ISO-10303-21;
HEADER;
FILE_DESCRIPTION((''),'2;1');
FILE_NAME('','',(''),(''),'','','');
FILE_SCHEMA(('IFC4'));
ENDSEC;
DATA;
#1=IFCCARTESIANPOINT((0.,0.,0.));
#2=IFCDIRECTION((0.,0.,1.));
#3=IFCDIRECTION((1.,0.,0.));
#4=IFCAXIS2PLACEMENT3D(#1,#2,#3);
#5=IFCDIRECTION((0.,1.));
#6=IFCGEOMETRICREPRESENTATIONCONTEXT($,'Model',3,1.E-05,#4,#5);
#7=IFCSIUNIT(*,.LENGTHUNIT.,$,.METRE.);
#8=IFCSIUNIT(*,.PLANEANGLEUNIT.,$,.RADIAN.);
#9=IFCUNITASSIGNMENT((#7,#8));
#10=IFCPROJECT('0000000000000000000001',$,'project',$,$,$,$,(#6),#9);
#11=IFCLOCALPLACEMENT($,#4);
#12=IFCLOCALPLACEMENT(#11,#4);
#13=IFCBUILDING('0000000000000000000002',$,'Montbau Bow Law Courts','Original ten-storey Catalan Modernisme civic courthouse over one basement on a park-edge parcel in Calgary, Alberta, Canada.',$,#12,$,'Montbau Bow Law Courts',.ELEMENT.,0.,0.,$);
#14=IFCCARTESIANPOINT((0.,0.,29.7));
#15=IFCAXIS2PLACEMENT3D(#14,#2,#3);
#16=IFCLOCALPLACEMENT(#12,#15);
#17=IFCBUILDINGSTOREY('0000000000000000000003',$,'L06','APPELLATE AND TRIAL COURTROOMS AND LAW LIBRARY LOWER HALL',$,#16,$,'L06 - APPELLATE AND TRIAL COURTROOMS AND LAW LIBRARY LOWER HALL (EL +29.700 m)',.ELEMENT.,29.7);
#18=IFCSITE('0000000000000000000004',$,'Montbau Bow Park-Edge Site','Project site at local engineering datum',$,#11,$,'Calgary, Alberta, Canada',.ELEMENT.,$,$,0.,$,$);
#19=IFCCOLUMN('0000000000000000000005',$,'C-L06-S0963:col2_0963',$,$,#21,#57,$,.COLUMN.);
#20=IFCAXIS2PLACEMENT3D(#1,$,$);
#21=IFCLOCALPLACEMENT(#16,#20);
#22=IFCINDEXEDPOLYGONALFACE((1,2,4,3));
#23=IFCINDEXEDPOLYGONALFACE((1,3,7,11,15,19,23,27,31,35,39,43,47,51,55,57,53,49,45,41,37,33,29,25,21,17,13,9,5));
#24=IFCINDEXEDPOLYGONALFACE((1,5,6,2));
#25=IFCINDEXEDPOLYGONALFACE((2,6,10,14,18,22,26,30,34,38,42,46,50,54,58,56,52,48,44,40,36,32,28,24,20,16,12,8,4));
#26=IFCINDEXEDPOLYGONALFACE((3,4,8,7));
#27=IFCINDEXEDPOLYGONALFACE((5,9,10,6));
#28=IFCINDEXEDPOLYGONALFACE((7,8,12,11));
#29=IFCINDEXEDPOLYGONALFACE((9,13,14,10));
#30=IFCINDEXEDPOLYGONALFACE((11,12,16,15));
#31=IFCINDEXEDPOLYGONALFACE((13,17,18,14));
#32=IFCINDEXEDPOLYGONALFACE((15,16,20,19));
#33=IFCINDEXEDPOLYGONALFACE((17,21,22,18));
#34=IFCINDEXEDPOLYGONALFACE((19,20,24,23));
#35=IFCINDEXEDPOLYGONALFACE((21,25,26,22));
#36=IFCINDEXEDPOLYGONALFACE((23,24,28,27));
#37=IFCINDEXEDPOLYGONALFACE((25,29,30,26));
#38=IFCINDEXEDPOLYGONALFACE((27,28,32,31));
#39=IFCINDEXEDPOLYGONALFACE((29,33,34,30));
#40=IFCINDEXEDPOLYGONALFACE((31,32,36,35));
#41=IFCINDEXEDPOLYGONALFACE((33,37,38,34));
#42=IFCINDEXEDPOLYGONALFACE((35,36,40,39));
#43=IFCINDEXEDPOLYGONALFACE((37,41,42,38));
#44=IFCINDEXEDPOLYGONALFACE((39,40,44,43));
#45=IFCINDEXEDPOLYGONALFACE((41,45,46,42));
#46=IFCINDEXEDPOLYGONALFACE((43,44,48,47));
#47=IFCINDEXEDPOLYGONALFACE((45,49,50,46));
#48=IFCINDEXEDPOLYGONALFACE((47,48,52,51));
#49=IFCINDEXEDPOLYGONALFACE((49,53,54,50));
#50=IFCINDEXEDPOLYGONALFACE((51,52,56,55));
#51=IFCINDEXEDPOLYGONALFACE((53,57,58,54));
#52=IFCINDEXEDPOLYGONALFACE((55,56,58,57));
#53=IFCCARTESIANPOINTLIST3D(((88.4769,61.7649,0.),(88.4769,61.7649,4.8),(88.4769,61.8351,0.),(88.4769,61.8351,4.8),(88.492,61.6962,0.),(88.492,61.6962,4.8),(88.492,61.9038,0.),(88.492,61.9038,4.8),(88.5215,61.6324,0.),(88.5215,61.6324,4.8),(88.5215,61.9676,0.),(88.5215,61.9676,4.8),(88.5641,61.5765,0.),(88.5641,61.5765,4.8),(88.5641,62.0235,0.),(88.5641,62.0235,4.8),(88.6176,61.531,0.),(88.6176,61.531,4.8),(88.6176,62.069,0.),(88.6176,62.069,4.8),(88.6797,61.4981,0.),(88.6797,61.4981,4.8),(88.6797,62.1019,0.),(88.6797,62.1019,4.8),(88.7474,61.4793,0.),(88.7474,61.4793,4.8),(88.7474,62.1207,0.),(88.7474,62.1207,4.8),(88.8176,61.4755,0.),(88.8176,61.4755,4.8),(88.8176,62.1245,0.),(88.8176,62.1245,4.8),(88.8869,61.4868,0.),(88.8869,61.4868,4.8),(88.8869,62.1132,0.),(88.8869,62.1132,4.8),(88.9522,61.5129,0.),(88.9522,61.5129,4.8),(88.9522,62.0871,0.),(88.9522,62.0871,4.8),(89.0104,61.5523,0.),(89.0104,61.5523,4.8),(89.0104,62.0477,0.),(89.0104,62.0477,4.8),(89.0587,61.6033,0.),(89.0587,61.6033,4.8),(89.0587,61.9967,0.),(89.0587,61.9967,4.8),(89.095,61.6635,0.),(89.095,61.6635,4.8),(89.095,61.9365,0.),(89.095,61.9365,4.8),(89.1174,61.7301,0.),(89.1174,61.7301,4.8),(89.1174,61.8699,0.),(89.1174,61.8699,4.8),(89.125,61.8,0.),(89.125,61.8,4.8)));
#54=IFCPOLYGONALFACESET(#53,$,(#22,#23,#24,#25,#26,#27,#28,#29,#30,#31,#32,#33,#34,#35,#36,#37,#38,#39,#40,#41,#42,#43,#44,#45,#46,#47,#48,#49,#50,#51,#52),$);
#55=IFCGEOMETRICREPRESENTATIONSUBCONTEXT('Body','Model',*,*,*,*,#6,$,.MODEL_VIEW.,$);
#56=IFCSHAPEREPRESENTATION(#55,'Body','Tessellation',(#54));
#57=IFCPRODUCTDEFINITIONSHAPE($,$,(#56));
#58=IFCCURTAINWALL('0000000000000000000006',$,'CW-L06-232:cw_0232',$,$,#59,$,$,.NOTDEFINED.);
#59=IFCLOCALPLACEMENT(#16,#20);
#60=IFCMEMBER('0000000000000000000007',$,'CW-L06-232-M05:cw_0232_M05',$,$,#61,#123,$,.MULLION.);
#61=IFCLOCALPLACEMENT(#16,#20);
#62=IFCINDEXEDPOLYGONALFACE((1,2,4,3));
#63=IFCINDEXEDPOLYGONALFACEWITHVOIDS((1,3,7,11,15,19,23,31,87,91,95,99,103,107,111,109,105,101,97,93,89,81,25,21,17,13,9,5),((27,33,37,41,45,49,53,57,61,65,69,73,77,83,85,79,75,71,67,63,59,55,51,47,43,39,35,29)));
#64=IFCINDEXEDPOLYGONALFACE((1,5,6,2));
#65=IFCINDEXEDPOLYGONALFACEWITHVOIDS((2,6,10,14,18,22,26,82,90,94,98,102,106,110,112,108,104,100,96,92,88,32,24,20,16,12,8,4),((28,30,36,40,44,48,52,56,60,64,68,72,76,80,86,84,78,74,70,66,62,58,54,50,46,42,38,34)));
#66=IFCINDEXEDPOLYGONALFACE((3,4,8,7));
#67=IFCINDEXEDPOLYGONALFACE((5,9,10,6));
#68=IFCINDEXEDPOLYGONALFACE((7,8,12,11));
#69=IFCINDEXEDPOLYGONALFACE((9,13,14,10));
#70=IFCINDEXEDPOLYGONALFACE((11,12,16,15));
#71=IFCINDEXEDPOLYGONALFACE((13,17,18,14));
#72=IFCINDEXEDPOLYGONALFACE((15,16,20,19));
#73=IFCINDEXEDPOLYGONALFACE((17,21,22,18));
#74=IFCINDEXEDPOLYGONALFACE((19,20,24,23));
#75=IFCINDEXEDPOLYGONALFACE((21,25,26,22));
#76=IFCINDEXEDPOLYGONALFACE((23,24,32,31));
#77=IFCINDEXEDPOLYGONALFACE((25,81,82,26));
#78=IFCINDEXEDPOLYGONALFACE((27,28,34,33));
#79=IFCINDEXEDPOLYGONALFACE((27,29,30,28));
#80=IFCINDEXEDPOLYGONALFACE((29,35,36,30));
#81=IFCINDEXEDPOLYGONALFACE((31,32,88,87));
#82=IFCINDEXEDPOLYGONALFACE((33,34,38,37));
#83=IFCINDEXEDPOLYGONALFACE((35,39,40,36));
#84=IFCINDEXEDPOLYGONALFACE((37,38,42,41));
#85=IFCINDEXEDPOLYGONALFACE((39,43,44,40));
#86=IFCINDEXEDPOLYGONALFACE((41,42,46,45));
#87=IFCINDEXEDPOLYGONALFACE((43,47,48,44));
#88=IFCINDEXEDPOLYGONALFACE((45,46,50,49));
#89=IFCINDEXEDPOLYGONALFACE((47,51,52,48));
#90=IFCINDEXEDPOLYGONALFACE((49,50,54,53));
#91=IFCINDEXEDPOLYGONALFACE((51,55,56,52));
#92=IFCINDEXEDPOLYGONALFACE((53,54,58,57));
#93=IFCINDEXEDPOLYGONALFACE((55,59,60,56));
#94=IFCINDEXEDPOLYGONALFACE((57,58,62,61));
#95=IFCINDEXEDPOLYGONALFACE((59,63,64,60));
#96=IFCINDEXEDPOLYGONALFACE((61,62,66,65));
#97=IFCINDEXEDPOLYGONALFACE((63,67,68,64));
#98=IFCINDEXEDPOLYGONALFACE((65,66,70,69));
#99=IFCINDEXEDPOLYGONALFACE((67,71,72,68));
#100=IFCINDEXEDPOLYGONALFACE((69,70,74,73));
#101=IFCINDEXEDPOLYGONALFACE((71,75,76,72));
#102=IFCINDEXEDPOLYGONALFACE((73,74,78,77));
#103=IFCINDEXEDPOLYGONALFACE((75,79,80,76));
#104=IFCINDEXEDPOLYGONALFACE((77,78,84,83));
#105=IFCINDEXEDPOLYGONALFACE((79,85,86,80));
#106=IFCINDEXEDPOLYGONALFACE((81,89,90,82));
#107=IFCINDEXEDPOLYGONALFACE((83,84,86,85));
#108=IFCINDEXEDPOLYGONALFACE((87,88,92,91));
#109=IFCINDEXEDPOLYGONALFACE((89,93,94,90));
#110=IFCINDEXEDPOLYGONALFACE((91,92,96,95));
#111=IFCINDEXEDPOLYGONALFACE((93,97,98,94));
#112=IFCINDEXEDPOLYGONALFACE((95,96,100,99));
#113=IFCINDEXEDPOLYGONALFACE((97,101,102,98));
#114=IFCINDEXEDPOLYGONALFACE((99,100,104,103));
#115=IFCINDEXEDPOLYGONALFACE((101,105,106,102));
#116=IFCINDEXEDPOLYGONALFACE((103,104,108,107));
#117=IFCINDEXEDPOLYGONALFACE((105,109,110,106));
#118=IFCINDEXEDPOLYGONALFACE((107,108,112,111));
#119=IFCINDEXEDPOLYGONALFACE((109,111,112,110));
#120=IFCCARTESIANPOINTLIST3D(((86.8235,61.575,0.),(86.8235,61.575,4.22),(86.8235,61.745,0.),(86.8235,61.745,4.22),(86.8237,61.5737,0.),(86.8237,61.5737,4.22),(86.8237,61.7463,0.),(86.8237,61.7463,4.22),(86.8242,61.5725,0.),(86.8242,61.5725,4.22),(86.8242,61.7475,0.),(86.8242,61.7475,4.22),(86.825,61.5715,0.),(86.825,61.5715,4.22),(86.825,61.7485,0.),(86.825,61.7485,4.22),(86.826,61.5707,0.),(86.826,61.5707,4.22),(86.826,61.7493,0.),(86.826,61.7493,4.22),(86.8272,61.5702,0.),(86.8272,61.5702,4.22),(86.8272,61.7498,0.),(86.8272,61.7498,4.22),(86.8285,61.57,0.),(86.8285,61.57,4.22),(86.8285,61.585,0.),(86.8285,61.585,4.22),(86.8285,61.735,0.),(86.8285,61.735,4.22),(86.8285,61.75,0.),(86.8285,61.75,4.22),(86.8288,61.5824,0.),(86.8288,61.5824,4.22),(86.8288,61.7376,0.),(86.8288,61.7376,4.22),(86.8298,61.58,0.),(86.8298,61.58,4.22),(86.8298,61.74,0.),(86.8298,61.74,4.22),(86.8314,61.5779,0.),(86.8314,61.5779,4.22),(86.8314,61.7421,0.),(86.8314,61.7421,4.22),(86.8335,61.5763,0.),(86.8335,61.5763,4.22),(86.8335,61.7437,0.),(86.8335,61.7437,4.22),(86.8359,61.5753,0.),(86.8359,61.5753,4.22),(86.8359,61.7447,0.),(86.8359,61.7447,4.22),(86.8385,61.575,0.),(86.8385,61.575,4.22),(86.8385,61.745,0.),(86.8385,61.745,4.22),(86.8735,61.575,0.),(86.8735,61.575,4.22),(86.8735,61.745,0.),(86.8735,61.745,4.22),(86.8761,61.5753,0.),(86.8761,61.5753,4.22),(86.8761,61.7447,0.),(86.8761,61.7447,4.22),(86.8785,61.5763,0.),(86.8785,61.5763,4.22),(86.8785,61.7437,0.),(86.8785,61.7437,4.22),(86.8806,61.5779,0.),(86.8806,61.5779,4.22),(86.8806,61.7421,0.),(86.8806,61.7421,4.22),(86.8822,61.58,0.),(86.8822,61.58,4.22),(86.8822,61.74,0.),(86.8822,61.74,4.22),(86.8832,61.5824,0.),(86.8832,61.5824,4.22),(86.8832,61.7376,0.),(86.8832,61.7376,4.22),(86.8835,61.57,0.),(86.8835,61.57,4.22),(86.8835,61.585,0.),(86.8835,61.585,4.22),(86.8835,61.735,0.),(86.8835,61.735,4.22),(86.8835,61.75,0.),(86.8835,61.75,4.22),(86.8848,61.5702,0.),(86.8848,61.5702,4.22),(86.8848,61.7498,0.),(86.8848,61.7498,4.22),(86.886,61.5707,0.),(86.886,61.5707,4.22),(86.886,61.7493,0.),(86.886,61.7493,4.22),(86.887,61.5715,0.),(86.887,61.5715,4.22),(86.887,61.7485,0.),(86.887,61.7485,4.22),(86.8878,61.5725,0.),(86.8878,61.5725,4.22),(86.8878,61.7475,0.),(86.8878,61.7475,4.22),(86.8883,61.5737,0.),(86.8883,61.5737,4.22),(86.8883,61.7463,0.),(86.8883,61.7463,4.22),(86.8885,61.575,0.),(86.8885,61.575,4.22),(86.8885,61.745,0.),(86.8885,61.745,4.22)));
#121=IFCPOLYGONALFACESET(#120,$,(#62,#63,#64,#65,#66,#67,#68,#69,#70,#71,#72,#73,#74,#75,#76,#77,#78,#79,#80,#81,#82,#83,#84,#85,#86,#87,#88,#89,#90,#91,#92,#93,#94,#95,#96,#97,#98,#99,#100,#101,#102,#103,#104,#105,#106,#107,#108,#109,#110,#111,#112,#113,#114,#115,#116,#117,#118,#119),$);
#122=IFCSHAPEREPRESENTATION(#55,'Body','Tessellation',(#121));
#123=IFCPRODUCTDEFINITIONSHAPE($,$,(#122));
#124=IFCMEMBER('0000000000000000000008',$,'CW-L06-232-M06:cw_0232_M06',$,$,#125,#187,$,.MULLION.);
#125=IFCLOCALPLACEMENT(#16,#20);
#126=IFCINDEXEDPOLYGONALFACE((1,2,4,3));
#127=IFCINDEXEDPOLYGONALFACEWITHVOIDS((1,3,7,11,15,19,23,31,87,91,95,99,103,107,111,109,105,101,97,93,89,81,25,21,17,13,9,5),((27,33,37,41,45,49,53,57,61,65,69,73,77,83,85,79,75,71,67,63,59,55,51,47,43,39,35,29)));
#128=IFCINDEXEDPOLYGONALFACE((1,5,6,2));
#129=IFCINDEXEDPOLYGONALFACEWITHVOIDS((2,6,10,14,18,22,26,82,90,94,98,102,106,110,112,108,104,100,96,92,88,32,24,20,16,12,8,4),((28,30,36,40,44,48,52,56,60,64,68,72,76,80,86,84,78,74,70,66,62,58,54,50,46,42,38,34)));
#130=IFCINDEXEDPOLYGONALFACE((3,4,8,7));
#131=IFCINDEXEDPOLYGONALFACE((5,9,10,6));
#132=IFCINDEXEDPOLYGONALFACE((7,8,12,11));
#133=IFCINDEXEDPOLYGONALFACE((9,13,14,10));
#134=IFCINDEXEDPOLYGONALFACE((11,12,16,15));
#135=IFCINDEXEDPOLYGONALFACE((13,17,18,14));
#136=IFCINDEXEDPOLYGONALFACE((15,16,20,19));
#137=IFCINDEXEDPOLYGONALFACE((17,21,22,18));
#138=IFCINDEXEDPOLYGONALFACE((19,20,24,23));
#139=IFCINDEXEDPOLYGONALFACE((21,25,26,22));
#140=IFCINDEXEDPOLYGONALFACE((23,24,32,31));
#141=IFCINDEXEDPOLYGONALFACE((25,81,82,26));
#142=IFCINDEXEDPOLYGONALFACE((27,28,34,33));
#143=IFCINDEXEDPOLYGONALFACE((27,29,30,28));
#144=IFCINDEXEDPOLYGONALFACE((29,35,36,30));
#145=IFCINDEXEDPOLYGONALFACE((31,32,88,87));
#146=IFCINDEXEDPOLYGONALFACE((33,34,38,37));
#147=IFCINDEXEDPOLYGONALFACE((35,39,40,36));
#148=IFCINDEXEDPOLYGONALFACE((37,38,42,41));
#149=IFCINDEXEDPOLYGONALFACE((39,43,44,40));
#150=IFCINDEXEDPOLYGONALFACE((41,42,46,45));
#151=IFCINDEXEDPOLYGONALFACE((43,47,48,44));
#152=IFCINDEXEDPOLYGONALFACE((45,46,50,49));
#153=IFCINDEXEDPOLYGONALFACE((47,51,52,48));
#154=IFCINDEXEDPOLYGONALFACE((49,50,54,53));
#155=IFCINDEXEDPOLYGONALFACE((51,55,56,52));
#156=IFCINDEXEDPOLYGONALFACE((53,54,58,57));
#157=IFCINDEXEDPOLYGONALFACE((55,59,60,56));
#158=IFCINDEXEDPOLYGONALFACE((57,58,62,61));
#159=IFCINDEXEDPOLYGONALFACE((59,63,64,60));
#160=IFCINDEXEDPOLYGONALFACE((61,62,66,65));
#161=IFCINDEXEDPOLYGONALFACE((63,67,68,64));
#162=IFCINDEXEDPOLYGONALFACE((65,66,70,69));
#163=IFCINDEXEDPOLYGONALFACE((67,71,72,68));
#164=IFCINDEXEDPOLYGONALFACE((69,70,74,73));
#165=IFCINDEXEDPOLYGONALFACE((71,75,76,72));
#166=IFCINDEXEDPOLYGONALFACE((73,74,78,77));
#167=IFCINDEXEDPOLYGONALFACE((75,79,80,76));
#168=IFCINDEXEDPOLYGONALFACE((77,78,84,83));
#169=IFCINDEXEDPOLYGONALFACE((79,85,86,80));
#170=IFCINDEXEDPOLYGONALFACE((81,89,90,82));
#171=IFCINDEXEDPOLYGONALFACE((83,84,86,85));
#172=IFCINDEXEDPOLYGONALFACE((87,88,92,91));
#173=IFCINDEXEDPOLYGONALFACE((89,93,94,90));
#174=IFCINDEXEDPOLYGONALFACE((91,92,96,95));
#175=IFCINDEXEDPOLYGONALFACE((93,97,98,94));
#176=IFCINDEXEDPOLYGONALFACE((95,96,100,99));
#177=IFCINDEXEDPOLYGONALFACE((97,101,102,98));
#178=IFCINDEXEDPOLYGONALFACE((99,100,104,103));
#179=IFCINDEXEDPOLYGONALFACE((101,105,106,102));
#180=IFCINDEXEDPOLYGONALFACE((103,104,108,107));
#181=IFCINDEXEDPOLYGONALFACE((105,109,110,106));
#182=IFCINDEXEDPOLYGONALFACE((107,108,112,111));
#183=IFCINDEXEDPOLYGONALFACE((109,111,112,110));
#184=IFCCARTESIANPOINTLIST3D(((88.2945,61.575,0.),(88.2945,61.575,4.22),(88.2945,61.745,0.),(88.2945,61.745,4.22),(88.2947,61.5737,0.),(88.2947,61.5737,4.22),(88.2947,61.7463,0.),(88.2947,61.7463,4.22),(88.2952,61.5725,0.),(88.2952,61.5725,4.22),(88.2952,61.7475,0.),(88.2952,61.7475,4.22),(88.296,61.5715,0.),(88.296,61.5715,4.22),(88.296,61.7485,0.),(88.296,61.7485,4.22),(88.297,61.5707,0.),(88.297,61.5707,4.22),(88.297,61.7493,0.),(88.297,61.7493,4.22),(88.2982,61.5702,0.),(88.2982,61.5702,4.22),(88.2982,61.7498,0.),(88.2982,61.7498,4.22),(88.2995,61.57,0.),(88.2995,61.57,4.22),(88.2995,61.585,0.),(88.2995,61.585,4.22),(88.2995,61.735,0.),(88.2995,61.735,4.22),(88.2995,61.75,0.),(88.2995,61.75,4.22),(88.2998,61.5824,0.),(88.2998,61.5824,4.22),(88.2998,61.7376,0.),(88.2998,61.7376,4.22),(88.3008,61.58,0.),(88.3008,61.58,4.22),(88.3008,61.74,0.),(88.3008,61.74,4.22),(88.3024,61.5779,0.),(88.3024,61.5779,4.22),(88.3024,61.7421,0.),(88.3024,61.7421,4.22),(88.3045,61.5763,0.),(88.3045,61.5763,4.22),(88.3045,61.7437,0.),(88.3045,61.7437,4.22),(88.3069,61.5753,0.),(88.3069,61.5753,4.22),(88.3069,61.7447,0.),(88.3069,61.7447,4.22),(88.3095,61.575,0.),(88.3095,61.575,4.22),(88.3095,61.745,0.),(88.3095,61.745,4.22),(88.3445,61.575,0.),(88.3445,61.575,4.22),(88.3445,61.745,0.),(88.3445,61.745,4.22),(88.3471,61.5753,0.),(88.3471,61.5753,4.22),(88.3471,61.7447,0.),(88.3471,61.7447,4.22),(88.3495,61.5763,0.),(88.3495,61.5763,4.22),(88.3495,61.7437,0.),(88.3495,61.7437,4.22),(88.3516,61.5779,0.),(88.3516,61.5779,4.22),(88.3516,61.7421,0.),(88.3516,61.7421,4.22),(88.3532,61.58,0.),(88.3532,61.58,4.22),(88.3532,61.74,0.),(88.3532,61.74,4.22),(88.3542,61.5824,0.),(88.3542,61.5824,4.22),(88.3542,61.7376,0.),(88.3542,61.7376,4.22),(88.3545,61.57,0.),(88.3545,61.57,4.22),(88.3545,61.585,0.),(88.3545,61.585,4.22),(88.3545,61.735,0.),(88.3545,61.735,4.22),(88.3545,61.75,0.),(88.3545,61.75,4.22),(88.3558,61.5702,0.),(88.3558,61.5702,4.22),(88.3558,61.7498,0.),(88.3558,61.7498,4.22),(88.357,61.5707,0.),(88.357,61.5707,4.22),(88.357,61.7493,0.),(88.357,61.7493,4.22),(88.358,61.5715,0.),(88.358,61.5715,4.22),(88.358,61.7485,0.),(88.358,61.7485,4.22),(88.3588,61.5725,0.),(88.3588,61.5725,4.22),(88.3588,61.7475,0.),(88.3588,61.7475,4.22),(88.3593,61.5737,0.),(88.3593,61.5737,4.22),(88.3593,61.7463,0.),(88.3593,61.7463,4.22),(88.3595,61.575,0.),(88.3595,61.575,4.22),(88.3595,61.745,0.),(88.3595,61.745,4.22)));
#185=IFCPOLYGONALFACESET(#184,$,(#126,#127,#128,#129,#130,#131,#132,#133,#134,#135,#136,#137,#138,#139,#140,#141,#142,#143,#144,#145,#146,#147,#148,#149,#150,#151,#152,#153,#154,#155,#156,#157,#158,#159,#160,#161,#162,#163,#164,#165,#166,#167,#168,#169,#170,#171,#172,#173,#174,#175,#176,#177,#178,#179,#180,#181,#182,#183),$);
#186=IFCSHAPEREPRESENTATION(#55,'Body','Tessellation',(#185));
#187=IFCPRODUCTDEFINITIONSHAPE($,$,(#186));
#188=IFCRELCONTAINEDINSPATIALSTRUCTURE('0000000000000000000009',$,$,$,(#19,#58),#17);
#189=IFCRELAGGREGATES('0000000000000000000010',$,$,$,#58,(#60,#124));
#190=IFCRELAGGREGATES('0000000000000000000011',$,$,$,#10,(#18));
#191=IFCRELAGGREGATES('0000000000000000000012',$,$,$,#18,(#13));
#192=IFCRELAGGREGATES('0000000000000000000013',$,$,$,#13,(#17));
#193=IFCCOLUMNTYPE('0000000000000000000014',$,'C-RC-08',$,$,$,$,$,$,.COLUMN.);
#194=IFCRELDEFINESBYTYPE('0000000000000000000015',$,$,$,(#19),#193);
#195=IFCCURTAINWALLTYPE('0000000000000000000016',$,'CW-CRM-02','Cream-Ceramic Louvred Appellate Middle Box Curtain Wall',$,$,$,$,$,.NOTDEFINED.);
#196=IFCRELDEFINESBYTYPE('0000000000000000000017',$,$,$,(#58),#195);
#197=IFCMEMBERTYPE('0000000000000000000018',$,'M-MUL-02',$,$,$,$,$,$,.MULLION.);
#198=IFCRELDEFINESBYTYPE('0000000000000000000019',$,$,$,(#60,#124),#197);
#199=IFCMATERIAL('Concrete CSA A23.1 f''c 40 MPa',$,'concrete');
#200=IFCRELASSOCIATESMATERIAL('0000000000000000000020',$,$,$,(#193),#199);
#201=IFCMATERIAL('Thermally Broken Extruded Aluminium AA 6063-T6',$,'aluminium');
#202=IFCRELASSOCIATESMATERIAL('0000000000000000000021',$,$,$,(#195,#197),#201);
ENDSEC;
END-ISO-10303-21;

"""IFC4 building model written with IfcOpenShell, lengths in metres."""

from ifc_helpers import new_model, si_unit, direction, frame, origin_with_axes, origin_2d_with_axis, place, context, subcontext, project, spatial, hollow_rectangle, circle, extrude, material, material_profile, profile_set, type_object, element, aggregate, save


model = new_model("IFC4")

# Units and contexts
model_context = context("Model", 3, precision=1e-05, world=origin_with_axes(), true_north=direction((0.0, 1.0)))
body_context = subcontext(model_context, "Body", "Model", "MODEL_VIEW")
ifc_project = project(units=[si_unit("LENGTHUNIT", "METRE"), si_unit("PLANEANGLEUNIT", "RADIAN")], contexts=[model_context])

# Site, building, storey
site_placement = place(None, origin_with_axes())
site = spatial("IfcSite", under=ifc_project, at=site_placement, Name="Montbau Bow Park-Edge Site", Description="Project site at local engineering datum", LongName="Calgary, Alberta, Canada", CompositionType="ELEMENT", RefElevation=0.0)
building_placement = place(site_placement, origin_with_axes())
building = spatial("IfcBuilding", under=site, at=building_placement, Name="Montbau Bow Law Courts", Description="Original ten-storey Catalan Modernisme civic courthouse over one basement on a park-edge parcel in Calgary, Alberta, Canada.", LongName="Montbau Bow Law Courts", CompositionType="ELEMENT", ElevationOfRefHeight=0.0, ElevationOfTerrain=0.0)
storey_placement = place(building_placement, frame((0.0, 0.0, 29.7), z_axis=(0.0, 0.0, 1.0), x_axis=(1.0, 0.0, 0.0)))
storey = spatial("IfcBuildingStorey", under=building, at=storey_placement, Name="L06", Description="APPELLATE AND TRIAL COURTROOMS AND LAW LIBRARY LOWER HALL", LongName="L06 - APPELLATE AND TRIAL COURTROOMS AND LAW LIBRARY LOWER HALL (EL +29.700 m)", CompositionType="ELEMENT", Elevation=29.7)

# Column
ifc_material_1 = material(Name="Concrete CSA A23.1 f'c 40 MPa", Category="concrete")
ifc_material_profile_1 = material_profile(ifc_material_1, circle(Radius=0.325, at=origin_2d_with_axis()), Name="RC650D", Category="Main", Priority=0)
ifc_profile_set_1 = profile_set([ifc_material_profile_1], Name="Concrete CSA A23.1 f'c 40 MPa")
column_type = type_object("IfcColumnType", Name="C-RC-08", PredefinedType="COLUMN", material=ifc_profile_set_1)
column_placement = place(None, frame((88.8, 61.8, 29.7), z_axis=(0.0, 0.0, 1.0), x_axis=(1.0, 0.0, 0.0)))
element("IfcColumn", 1, at=column_placement, inside=storey, type_object=column_type, Name="C-L06-S0963:col2_0963", PredefinedType="COLUMN", context=body_context, shape_type="SweptSolid", body=[
    extrude(circle(Radius=0.325, at=origin_2d_with_axis()), origin_with_axes(), (0.0, 0.0, 1.0), 4.8),
])

# Curtain wall, members
ifc_material_2 = material(Name="Thermally Broken Extruded Aluminium AA 6063-T6", Category="aluminium")
curtain_wall_type = type_object("IfcCurtainWallType", Name="CW-CRM-02", Description="Cream-Ceramic Louvred Appellate Middle Box Curtain Wall", PredefinedType="NOTDEFINED", material=ifc_material_2)
curtain_wall_1_placement = place(None, frame((80.84, 61.66, 29.7), z_axis=(0.0, 0.0, 1.0), x_axis=(1.0, 0.0, 0.0)))
curtain_wall_1 = element("IfcCurtainWall", 2, at=curtain_wall_1_placement, inside=storey, type_object=curtain_wall_type, Name="CW-L06-232:cw_0232", PredefinedType="NOTDEFINED")
ifc_material_profile_2 = material_profile(ifc_material_2, hollow_rectangle(XDim=0.065, YDim=0.18, WallThickness=0.005, InnerFilletRadius=0.01, OuterFilletRadius=0.005, at=origin_2d_with_axis()), Name="CWM-180X65", Category="Main", Priority=0)
ifc_profile_set_2 = profile_set([ifc_material_profile_2], Name="Thermally Broken Extruded Aluminium AA 6063-T6")
member_type_1 = type_object("IfcMemberType", Name="M-MUL-02", PredefinedType="MULLION", material=ifc_profile_set_2)
member_1_placement = place(None, frame((86.856, 61.66, 29.7), z_axis=(0.0, 0.0, 1.0), x_axis=(1.0, 0.0, 0.0)))
member_1 = element("IfcMember", 3, at=member_1_placement, type_object=member_type_1, Name="CW-L06-232-M05:cw_0232_M05", PredefinedType="MULLION", context=body_context, shape_type="SweptSolid", body=[
    extrude(hollow_rectangle(XDim=0.065, YDim=0.18, WallThickness=0.005, InnerFilletRadius=0.01, OuterFilletRadius=0.005, at=origin_2d_with_axis()), origin_with_axes(), (0.0, 0.0, 1.0), 4.22),
])
member_2_placement = place(None, frame((88.327, 61.66, 29.7), z_axis=(0.0, 0.0, 1.0), x_axis=(1.0, 0.0, 0.0)))
member_2 = element("IfcMember", 4, at=member_2_placement, type_object=member_type_1, Name="CW-L06-232-M06:cw_0232_M06", PredefinedType="MULLION", context=body_context, shape_type="SweptSolid", body=[
    extrude(hollow_rectangle(XDim=0.065, YDim=0.18, WallThickness=0.005, InnerFilletRadius=0.01, OuterFilletRadius=0.005, at=origin_2d_with_axis()), origin_with_axes(), (0.0, 0.0, 1.0), 4.22),
])

aggregate(curtain_wall_1, [member_1, member_2])

save(model, "model.ifc")
